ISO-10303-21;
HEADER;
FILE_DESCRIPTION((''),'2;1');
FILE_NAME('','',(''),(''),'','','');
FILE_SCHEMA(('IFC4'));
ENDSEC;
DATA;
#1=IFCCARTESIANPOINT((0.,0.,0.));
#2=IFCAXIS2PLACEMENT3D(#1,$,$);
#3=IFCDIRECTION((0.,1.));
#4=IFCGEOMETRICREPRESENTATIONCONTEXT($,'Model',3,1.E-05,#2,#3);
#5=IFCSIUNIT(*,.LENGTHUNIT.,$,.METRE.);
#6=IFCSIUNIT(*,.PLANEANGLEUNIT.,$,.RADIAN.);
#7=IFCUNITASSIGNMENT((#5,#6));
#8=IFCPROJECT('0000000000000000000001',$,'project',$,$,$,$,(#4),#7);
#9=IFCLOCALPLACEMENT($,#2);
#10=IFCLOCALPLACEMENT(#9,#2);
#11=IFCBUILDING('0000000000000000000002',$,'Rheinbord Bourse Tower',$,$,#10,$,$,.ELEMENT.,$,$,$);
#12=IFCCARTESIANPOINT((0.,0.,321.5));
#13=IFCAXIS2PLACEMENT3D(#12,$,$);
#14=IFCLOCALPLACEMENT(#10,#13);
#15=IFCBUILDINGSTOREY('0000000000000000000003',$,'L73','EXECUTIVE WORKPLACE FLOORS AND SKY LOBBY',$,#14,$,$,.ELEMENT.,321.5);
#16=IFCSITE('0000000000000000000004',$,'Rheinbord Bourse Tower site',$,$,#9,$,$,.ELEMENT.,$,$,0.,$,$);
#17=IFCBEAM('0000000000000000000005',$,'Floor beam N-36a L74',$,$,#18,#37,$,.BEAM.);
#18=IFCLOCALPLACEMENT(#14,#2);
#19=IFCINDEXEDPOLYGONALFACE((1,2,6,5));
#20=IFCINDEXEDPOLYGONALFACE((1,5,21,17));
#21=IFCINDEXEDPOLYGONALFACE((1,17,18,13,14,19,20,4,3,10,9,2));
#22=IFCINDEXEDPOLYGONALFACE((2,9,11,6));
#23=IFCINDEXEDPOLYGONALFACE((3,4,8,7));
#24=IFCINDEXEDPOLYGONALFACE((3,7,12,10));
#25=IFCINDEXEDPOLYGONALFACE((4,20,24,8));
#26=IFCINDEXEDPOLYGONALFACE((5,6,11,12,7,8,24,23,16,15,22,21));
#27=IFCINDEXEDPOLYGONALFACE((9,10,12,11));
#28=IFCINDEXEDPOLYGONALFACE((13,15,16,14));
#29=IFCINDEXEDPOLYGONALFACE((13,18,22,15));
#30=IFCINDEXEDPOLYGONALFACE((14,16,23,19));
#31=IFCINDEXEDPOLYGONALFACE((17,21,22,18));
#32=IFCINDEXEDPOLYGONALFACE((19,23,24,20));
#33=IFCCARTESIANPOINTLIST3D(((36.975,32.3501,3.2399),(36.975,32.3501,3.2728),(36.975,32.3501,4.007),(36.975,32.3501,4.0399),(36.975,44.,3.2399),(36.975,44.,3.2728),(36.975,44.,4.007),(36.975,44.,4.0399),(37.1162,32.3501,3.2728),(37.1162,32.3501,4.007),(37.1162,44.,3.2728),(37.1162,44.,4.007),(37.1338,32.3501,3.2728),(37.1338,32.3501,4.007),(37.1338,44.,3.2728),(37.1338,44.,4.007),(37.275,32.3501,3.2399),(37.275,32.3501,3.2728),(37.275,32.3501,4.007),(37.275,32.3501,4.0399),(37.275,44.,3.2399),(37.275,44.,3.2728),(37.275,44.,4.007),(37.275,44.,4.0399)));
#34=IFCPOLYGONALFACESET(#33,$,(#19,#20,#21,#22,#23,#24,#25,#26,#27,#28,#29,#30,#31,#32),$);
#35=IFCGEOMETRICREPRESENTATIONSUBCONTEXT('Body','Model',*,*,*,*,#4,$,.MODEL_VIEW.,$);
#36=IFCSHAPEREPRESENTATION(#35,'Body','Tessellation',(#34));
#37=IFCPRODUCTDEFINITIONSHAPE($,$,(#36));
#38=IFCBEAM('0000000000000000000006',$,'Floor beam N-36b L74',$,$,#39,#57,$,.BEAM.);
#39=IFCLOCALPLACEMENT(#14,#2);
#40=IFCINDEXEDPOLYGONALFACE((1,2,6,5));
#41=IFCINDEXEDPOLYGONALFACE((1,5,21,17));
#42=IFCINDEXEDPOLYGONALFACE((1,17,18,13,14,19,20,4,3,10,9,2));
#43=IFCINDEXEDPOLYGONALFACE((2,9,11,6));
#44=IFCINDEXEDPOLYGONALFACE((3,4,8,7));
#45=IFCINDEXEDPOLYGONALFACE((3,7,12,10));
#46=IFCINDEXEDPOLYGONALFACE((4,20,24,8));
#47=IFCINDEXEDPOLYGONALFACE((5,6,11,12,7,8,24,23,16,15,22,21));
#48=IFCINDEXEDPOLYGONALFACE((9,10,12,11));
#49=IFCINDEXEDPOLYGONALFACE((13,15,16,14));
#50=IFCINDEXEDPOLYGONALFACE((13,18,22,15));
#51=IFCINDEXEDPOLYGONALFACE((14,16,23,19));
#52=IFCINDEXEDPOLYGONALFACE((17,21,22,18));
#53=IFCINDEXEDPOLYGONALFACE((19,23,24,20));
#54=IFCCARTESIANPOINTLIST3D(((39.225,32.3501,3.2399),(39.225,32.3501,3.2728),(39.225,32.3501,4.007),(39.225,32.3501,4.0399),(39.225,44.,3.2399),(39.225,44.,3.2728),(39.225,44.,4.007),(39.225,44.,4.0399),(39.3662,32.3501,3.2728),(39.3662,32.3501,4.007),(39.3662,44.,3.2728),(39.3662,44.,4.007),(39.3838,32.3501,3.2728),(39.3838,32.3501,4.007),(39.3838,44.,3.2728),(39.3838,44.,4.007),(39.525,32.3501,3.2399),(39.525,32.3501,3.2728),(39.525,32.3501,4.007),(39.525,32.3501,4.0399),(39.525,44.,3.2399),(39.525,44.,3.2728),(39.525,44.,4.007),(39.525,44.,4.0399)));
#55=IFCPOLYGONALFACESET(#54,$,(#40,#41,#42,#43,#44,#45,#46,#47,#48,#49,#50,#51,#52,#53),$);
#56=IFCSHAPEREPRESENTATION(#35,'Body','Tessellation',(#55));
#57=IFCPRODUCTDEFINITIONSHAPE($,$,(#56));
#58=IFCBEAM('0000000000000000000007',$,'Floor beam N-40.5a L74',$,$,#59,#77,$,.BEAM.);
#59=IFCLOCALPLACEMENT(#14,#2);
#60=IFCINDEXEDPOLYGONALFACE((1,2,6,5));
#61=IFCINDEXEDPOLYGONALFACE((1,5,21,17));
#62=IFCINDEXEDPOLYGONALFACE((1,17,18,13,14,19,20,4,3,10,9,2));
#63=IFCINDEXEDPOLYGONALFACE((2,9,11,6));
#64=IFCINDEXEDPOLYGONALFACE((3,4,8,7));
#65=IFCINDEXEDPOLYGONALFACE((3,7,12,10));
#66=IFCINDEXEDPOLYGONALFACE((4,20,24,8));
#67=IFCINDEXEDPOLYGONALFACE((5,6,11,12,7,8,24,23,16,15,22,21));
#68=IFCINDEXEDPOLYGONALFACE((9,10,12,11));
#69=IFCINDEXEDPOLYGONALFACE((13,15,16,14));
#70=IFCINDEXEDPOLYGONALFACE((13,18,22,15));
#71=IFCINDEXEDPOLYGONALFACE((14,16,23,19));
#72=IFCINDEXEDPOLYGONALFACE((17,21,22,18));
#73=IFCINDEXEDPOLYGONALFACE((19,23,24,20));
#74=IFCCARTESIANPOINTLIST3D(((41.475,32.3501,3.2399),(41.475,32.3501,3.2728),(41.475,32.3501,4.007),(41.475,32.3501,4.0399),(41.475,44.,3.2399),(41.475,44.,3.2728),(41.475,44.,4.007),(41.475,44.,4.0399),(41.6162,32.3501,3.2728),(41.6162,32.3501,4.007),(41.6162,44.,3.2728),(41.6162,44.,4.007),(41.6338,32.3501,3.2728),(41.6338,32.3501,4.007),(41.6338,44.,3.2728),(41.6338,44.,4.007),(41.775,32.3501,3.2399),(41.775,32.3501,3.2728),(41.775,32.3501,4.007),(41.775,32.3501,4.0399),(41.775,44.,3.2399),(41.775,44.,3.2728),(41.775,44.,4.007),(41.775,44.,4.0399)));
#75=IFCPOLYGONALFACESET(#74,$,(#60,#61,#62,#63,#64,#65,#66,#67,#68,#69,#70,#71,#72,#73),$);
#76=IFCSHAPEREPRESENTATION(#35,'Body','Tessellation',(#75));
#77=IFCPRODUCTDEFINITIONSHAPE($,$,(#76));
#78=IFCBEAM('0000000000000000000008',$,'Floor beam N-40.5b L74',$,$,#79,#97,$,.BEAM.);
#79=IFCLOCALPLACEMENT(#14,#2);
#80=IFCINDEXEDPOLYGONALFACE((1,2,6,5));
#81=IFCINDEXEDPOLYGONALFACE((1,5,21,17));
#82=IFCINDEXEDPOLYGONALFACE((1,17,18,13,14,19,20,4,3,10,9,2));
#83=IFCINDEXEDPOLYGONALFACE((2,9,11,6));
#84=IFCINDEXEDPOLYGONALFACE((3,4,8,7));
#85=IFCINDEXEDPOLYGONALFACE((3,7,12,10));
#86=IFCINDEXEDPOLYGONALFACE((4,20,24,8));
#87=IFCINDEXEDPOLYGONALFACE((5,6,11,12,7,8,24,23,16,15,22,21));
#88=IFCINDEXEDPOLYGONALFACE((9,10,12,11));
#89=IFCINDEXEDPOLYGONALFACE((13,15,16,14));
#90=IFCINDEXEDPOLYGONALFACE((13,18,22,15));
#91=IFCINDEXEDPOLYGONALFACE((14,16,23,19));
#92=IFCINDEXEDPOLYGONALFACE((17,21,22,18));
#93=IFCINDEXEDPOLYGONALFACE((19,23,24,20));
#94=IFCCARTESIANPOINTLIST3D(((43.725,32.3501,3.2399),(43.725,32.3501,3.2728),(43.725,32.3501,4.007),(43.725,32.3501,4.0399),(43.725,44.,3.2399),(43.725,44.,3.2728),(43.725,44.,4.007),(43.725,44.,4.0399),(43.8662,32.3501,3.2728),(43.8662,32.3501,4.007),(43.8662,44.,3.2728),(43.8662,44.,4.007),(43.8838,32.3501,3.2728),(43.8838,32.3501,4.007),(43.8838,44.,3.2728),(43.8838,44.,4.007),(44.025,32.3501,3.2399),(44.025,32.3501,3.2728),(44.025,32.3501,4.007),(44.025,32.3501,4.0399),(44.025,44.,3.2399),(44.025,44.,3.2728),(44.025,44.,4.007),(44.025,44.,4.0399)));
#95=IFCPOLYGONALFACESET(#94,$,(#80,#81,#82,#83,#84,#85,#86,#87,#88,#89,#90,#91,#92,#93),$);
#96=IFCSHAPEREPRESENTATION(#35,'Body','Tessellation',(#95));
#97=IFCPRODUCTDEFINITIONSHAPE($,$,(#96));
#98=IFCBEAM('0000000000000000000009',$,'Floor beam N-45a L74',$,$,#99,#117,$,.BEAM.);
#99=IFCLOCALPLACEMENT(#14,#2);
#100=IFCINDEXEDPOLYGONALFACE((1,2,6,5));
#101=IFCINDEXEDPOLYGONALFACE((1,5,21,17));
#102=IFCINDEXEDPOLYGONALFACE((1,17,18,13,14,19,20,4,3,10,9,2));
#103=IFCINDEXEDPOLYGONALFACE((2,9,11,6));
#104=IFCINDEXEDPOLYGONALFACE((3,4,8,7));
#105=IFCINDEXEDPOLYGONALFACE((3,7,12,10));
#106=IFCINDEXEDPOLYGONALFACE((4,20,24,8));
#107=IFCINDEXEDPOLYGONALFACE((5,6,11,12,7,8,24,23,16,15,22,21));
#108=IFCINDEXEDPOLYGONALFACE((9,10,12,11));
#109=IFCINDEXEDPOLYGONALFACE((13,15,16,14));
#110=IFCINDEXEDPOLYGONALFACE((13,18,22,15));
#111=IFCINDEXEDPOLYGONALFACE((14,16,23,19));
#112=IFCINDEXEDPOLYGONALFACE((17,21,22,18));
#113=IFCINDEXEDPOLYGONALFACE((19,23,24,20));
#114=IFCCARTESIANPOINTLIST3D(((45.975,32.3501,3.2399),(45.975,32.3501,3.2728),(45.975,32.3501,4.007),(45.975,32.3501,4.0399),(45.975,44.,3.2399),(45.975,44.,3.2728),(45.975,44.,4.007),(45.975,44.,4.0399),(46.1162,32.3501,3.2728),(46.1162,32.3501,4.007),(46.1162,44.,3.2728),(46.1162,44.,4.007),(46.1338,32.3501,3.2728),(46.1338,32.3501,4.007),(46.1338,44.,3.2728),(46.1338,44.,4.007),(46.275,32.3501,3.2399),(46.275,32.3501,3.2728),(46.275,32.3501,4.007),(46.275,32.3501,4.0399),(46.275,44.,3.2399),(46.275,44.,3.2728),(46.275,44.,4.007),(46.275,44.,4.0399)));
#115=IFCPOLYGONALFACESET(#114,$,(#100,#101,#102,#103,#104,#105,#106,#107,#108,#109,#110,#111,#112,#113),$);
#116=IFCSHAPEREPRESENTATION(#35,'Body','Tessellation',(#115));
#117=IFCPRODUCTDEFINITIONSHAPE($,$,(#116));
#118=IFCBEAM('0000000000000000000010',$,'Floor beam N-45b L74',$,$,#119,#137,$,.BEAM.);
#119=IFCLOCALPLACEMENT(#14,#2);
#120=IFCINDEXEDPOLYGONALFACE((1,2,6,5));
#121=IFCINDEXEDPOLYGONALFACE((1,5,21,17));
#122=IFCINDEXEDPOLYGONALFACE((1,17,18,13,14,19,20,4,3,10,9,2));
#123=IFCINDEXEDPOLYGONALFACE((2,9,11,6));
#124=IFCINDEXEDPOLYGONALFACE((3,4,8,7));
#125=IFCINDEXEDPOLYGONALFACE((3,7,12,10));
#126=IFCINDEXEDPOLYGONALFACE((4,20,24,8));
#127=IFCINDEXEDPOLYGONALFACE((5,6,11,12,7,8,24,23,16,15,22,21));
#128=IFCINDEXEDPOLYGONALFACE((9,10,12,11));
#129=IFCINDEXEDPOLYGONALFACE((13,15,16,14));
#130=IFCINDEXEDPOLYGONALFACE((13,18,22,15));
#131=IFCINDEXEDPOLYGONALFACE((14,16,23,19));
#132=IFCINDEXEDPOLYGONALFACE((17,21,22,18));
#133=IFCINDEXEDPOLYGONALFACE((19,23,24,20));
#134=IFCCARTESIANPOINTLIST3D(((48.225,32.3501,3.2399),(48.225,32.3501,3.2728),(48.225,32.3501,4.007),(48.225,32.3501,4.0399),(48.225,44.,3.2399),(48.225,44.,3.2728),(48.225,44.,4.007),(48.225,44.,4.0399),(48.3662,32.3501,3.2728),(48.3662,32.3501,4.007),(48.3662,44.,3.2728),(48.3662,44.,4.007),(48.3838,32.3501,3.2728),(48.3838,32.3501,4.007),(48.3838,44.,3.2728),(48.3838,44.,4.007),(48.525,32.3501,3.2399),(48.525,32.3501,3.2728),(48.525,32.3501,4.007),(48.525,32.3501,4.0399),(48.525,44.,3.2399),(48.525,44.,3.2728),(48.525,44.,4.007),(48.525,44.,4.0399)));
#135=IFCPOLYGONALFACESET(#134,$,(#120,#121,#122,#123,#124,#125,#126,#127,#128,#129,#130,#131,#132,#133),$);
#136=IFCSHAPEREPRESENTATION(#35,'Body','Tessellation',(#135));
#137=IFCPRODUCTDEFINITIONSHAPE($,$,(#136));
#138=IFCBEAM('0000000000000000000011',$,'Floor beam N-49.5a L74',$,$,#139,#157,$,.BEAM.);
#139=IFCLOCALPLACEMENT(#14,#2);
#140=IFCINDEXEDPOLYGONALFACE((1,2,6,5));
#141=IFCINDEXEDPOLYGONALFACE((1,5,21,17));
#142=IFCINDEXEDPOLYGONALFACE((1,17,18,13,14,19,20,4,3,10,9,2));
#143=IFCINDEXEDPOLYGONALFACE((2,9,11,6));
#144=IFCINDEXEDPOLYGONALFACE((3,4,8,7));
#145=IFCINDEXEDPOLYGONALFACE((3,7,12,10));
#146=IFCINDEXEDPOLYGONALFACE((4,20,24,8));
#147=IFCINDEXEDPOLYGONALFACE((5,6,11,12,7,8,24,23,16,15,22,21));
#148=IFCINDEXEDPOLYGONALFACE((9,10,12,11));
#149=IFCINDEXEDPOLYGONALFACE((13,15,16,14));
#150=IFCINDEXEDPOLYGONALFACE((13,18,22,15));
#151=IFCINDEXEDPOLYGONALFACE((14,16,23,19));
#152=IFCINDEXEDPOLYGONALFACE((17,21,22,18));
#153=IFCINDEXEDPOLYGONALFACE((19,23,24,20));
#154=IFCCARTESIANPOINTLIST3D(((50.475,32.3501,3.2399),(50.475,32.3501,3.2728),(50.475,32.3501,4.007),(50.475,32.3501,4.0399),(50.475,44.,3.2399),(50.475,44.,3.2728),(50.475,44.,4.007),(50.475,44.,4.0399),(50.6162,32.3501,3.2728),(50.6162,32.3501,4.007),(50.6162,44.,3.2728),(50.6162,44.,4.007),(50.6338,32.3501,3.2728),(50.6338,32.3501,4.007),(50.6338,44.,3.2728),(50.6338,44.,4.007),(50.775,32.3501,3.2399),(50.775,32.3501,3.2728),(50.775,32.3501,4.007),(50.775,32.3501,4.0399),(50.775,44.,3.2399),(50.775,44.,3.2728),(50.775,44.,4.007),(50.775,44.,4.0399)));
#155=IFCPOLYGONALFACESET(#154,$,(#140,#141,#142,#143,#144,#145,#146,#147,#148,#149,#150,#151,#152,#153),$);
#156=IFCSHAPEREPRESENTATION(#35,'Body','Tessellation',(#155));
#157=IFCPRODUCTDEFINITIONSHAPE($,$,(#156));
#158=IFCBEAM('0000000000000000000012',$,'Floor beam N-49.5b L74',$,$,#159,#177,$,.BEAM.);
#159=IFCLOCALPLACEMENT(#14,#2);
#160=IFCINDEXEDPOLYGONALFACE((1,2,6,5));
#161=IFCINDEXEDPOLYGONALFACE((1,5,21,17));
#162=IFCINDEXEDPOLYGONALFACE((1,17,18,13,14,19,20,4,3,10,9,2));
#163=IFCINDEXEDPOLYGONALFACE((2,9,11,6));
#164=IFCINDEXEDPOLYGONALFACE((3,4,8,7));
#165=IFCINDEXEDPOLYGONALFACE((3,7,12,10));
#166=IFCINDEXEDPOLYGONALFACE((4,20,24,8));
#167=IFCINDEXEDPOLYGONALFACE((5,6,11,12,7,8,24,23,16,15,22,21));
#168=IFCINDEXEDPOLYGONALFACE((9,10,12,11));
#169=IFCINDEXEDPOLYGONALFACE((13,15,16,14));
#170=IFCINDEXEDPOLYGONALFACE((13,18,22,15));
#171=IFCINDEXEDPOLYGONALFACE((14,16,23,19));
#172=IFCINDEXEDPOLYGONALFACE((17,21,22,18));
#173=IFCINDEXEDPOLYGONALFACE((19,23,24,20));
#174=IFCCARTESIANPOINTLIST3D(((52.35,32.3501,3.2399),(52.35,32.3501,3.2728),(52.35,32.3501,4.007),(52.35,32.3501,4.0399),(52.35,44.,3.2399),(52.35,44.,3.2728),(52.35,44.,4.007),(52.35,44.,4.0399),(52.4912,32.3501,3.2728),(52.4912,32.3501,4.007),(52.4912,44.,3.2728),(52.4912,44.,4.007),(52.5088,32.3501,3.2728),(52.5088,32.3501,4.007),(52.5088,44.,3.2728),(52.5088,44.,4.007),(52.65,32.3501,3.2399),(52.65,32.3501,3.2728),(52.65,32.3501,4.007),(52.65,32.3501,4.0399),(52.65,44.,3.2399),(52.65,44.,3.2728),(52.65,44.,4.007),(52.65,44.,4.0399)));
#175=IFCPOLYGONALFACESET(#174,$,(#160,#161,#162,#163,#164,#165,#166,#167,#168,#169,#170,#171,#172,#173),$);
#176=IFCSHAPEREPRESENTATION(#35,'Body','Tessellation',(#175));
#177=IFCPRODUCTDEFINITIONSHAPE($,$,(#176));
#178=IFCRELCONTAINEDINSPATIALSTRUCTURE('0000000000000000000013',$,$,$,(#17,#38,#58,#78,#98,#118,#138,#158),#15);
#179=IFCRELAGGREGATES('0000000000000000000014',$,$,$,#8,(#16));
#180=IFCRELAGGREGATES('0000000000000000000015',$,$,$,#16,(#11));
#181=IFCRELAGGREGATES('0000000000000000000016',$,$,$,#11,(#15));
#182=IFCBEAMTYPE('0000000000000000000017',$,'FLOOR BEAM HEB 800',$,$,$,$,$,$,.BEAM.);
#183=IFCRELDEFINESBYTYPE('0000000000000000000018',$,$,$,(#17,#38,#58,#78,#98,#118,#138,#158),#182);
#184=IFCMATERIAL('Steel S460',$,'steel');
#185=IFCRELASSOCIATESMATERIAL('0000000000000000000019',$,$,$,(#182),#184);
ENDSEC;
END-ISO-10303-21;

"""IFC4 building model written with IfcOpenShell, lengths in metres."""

from ifc_helpers import new_model, si_unit, direction, frame, origin, origin_2d, place, context, subcontext, project, spatial, i_section, extrude, material, material_profile, profile_set, type_object, element, save


model = new_model("IFC4")

# Units and contexts
model_context = context("Model", 3, precision=1e-05, world=origin(), true_north=direction((0.0, 1.0)))
body_context = subcontext(model_context, "Body", "Model", "MODEL_VIEW")
ifc_project = project(units=[si_unit("LENGTHUNIT", "METRE"), si_unit("PLANEANGLEUNIT", "RADIAN")], contexts=[model_context])

# Site, building, storey
site_placement = place(None, origin())
site = spatial("IfcSite", under=ifc_project, at=site_placement, Name="Rheinbord Bourse Tower site", CompositionType="ELEMENT", RefElevation=0.0)
building_placement = place(site_placement, origin())
building = spatial("IfcBuilding", under=site, at=building_placement, Name="Rheinbord Bourse Tower", CompositionType="ELEMENT")
storey_placement = place(building_placement, frame((0.0, 0.0, 321.5)))
storey = spatial("IfcBuildingStorey", under=building, at=storey_placement, Name="L73", Description="EXECUTIVE WORKPLACE FLOORS AND SKY LOBBY", CompositionType="ELEMENT", Elevation=321.5)

# Beams
ifc_material_1 = material(Name="Steel S460", Category="steel")
ifc_material_profile_1 = material_profile(ifc_material_1, i_section(OverallWidth=0.3, OverallDepth=0.8, WebThickness=0.0176, FlangeThickness=0.033, at=origin_2d()), Name="HEB 800")
ifc_profile_set_1 = profile_set([ifc_material_profile_1], Name="Steel S460")
beam_type_1 = type_object("IfcBeamType", Name="FLOOR BEAM HEB 800", PredefinedType="BEAM", material=ifc_profile_set_1)
for number, where, z_axis, x_axis, name in (
    (1, (37.125, 44.0, 3.6399), (0.0, -1.0, 0.0), (1.0, 0.0, 0.0), "Floor beam N-36a L74"),
    (2, (39.375, 44.0, 3.6399), (0.0, -1.0, 0.0), (1.0, 0.0, 0.0), "Floor beam N-36b L74"),
    (3, (41.625, 44.0, 3.6399), (0.0, -1.0, 0.0), (1.0, 0.0, 0.0), "Floor beam N-40.5a L74"),
    (4, (43.875, 44.0, 3.6399), (0.0, -1.0, 0.0), (1.0, 0.0, 0.0), "Floor beam N-40.5b L74"),
    (5, (46.125, 44.0, 3.6399), (0.0, -1.0, 0.0), (1.0, 0.0, 0.0), "Floor beam N-45a L74"),
    (6, (48.375, 44.0, 3.6399), (0.0, -1.0, 0.0), (1.0, 0.0, 0.0), "Floor beam N-45b L74"),
    (7, (50.625, 44.0, 3.6399), (0.0, -1.0, 0.0), (1.0, 0.0, 0.0), "Floor beam N-49.5a L74"),
    (8, (52.5, 44.0, 3.6399), (0.0, -1.0, 0.0), (1.0, 0.0, 0.0), "Floor beam N-49.5b L74"),
):
    element("IfcBeam", number, at=place(storey_placement, frame(where, z_axis=z_axis, x_axis=x_axis)), inside=storey, type_object=beam_type_1, Name=name, PredefinedType="BEAM", context=body_context, shape_type="SweptSolid", body=[
        extrude(i_section(OverallWidth=0.3, OverallDepth=0.8, WebThickness=0.0176, FlangeThickness=0.033, at=origin_2d()), origin(), (0.0, 0.0, 1.0), 11.6499),
    ])

save(model, "model.ifc")
